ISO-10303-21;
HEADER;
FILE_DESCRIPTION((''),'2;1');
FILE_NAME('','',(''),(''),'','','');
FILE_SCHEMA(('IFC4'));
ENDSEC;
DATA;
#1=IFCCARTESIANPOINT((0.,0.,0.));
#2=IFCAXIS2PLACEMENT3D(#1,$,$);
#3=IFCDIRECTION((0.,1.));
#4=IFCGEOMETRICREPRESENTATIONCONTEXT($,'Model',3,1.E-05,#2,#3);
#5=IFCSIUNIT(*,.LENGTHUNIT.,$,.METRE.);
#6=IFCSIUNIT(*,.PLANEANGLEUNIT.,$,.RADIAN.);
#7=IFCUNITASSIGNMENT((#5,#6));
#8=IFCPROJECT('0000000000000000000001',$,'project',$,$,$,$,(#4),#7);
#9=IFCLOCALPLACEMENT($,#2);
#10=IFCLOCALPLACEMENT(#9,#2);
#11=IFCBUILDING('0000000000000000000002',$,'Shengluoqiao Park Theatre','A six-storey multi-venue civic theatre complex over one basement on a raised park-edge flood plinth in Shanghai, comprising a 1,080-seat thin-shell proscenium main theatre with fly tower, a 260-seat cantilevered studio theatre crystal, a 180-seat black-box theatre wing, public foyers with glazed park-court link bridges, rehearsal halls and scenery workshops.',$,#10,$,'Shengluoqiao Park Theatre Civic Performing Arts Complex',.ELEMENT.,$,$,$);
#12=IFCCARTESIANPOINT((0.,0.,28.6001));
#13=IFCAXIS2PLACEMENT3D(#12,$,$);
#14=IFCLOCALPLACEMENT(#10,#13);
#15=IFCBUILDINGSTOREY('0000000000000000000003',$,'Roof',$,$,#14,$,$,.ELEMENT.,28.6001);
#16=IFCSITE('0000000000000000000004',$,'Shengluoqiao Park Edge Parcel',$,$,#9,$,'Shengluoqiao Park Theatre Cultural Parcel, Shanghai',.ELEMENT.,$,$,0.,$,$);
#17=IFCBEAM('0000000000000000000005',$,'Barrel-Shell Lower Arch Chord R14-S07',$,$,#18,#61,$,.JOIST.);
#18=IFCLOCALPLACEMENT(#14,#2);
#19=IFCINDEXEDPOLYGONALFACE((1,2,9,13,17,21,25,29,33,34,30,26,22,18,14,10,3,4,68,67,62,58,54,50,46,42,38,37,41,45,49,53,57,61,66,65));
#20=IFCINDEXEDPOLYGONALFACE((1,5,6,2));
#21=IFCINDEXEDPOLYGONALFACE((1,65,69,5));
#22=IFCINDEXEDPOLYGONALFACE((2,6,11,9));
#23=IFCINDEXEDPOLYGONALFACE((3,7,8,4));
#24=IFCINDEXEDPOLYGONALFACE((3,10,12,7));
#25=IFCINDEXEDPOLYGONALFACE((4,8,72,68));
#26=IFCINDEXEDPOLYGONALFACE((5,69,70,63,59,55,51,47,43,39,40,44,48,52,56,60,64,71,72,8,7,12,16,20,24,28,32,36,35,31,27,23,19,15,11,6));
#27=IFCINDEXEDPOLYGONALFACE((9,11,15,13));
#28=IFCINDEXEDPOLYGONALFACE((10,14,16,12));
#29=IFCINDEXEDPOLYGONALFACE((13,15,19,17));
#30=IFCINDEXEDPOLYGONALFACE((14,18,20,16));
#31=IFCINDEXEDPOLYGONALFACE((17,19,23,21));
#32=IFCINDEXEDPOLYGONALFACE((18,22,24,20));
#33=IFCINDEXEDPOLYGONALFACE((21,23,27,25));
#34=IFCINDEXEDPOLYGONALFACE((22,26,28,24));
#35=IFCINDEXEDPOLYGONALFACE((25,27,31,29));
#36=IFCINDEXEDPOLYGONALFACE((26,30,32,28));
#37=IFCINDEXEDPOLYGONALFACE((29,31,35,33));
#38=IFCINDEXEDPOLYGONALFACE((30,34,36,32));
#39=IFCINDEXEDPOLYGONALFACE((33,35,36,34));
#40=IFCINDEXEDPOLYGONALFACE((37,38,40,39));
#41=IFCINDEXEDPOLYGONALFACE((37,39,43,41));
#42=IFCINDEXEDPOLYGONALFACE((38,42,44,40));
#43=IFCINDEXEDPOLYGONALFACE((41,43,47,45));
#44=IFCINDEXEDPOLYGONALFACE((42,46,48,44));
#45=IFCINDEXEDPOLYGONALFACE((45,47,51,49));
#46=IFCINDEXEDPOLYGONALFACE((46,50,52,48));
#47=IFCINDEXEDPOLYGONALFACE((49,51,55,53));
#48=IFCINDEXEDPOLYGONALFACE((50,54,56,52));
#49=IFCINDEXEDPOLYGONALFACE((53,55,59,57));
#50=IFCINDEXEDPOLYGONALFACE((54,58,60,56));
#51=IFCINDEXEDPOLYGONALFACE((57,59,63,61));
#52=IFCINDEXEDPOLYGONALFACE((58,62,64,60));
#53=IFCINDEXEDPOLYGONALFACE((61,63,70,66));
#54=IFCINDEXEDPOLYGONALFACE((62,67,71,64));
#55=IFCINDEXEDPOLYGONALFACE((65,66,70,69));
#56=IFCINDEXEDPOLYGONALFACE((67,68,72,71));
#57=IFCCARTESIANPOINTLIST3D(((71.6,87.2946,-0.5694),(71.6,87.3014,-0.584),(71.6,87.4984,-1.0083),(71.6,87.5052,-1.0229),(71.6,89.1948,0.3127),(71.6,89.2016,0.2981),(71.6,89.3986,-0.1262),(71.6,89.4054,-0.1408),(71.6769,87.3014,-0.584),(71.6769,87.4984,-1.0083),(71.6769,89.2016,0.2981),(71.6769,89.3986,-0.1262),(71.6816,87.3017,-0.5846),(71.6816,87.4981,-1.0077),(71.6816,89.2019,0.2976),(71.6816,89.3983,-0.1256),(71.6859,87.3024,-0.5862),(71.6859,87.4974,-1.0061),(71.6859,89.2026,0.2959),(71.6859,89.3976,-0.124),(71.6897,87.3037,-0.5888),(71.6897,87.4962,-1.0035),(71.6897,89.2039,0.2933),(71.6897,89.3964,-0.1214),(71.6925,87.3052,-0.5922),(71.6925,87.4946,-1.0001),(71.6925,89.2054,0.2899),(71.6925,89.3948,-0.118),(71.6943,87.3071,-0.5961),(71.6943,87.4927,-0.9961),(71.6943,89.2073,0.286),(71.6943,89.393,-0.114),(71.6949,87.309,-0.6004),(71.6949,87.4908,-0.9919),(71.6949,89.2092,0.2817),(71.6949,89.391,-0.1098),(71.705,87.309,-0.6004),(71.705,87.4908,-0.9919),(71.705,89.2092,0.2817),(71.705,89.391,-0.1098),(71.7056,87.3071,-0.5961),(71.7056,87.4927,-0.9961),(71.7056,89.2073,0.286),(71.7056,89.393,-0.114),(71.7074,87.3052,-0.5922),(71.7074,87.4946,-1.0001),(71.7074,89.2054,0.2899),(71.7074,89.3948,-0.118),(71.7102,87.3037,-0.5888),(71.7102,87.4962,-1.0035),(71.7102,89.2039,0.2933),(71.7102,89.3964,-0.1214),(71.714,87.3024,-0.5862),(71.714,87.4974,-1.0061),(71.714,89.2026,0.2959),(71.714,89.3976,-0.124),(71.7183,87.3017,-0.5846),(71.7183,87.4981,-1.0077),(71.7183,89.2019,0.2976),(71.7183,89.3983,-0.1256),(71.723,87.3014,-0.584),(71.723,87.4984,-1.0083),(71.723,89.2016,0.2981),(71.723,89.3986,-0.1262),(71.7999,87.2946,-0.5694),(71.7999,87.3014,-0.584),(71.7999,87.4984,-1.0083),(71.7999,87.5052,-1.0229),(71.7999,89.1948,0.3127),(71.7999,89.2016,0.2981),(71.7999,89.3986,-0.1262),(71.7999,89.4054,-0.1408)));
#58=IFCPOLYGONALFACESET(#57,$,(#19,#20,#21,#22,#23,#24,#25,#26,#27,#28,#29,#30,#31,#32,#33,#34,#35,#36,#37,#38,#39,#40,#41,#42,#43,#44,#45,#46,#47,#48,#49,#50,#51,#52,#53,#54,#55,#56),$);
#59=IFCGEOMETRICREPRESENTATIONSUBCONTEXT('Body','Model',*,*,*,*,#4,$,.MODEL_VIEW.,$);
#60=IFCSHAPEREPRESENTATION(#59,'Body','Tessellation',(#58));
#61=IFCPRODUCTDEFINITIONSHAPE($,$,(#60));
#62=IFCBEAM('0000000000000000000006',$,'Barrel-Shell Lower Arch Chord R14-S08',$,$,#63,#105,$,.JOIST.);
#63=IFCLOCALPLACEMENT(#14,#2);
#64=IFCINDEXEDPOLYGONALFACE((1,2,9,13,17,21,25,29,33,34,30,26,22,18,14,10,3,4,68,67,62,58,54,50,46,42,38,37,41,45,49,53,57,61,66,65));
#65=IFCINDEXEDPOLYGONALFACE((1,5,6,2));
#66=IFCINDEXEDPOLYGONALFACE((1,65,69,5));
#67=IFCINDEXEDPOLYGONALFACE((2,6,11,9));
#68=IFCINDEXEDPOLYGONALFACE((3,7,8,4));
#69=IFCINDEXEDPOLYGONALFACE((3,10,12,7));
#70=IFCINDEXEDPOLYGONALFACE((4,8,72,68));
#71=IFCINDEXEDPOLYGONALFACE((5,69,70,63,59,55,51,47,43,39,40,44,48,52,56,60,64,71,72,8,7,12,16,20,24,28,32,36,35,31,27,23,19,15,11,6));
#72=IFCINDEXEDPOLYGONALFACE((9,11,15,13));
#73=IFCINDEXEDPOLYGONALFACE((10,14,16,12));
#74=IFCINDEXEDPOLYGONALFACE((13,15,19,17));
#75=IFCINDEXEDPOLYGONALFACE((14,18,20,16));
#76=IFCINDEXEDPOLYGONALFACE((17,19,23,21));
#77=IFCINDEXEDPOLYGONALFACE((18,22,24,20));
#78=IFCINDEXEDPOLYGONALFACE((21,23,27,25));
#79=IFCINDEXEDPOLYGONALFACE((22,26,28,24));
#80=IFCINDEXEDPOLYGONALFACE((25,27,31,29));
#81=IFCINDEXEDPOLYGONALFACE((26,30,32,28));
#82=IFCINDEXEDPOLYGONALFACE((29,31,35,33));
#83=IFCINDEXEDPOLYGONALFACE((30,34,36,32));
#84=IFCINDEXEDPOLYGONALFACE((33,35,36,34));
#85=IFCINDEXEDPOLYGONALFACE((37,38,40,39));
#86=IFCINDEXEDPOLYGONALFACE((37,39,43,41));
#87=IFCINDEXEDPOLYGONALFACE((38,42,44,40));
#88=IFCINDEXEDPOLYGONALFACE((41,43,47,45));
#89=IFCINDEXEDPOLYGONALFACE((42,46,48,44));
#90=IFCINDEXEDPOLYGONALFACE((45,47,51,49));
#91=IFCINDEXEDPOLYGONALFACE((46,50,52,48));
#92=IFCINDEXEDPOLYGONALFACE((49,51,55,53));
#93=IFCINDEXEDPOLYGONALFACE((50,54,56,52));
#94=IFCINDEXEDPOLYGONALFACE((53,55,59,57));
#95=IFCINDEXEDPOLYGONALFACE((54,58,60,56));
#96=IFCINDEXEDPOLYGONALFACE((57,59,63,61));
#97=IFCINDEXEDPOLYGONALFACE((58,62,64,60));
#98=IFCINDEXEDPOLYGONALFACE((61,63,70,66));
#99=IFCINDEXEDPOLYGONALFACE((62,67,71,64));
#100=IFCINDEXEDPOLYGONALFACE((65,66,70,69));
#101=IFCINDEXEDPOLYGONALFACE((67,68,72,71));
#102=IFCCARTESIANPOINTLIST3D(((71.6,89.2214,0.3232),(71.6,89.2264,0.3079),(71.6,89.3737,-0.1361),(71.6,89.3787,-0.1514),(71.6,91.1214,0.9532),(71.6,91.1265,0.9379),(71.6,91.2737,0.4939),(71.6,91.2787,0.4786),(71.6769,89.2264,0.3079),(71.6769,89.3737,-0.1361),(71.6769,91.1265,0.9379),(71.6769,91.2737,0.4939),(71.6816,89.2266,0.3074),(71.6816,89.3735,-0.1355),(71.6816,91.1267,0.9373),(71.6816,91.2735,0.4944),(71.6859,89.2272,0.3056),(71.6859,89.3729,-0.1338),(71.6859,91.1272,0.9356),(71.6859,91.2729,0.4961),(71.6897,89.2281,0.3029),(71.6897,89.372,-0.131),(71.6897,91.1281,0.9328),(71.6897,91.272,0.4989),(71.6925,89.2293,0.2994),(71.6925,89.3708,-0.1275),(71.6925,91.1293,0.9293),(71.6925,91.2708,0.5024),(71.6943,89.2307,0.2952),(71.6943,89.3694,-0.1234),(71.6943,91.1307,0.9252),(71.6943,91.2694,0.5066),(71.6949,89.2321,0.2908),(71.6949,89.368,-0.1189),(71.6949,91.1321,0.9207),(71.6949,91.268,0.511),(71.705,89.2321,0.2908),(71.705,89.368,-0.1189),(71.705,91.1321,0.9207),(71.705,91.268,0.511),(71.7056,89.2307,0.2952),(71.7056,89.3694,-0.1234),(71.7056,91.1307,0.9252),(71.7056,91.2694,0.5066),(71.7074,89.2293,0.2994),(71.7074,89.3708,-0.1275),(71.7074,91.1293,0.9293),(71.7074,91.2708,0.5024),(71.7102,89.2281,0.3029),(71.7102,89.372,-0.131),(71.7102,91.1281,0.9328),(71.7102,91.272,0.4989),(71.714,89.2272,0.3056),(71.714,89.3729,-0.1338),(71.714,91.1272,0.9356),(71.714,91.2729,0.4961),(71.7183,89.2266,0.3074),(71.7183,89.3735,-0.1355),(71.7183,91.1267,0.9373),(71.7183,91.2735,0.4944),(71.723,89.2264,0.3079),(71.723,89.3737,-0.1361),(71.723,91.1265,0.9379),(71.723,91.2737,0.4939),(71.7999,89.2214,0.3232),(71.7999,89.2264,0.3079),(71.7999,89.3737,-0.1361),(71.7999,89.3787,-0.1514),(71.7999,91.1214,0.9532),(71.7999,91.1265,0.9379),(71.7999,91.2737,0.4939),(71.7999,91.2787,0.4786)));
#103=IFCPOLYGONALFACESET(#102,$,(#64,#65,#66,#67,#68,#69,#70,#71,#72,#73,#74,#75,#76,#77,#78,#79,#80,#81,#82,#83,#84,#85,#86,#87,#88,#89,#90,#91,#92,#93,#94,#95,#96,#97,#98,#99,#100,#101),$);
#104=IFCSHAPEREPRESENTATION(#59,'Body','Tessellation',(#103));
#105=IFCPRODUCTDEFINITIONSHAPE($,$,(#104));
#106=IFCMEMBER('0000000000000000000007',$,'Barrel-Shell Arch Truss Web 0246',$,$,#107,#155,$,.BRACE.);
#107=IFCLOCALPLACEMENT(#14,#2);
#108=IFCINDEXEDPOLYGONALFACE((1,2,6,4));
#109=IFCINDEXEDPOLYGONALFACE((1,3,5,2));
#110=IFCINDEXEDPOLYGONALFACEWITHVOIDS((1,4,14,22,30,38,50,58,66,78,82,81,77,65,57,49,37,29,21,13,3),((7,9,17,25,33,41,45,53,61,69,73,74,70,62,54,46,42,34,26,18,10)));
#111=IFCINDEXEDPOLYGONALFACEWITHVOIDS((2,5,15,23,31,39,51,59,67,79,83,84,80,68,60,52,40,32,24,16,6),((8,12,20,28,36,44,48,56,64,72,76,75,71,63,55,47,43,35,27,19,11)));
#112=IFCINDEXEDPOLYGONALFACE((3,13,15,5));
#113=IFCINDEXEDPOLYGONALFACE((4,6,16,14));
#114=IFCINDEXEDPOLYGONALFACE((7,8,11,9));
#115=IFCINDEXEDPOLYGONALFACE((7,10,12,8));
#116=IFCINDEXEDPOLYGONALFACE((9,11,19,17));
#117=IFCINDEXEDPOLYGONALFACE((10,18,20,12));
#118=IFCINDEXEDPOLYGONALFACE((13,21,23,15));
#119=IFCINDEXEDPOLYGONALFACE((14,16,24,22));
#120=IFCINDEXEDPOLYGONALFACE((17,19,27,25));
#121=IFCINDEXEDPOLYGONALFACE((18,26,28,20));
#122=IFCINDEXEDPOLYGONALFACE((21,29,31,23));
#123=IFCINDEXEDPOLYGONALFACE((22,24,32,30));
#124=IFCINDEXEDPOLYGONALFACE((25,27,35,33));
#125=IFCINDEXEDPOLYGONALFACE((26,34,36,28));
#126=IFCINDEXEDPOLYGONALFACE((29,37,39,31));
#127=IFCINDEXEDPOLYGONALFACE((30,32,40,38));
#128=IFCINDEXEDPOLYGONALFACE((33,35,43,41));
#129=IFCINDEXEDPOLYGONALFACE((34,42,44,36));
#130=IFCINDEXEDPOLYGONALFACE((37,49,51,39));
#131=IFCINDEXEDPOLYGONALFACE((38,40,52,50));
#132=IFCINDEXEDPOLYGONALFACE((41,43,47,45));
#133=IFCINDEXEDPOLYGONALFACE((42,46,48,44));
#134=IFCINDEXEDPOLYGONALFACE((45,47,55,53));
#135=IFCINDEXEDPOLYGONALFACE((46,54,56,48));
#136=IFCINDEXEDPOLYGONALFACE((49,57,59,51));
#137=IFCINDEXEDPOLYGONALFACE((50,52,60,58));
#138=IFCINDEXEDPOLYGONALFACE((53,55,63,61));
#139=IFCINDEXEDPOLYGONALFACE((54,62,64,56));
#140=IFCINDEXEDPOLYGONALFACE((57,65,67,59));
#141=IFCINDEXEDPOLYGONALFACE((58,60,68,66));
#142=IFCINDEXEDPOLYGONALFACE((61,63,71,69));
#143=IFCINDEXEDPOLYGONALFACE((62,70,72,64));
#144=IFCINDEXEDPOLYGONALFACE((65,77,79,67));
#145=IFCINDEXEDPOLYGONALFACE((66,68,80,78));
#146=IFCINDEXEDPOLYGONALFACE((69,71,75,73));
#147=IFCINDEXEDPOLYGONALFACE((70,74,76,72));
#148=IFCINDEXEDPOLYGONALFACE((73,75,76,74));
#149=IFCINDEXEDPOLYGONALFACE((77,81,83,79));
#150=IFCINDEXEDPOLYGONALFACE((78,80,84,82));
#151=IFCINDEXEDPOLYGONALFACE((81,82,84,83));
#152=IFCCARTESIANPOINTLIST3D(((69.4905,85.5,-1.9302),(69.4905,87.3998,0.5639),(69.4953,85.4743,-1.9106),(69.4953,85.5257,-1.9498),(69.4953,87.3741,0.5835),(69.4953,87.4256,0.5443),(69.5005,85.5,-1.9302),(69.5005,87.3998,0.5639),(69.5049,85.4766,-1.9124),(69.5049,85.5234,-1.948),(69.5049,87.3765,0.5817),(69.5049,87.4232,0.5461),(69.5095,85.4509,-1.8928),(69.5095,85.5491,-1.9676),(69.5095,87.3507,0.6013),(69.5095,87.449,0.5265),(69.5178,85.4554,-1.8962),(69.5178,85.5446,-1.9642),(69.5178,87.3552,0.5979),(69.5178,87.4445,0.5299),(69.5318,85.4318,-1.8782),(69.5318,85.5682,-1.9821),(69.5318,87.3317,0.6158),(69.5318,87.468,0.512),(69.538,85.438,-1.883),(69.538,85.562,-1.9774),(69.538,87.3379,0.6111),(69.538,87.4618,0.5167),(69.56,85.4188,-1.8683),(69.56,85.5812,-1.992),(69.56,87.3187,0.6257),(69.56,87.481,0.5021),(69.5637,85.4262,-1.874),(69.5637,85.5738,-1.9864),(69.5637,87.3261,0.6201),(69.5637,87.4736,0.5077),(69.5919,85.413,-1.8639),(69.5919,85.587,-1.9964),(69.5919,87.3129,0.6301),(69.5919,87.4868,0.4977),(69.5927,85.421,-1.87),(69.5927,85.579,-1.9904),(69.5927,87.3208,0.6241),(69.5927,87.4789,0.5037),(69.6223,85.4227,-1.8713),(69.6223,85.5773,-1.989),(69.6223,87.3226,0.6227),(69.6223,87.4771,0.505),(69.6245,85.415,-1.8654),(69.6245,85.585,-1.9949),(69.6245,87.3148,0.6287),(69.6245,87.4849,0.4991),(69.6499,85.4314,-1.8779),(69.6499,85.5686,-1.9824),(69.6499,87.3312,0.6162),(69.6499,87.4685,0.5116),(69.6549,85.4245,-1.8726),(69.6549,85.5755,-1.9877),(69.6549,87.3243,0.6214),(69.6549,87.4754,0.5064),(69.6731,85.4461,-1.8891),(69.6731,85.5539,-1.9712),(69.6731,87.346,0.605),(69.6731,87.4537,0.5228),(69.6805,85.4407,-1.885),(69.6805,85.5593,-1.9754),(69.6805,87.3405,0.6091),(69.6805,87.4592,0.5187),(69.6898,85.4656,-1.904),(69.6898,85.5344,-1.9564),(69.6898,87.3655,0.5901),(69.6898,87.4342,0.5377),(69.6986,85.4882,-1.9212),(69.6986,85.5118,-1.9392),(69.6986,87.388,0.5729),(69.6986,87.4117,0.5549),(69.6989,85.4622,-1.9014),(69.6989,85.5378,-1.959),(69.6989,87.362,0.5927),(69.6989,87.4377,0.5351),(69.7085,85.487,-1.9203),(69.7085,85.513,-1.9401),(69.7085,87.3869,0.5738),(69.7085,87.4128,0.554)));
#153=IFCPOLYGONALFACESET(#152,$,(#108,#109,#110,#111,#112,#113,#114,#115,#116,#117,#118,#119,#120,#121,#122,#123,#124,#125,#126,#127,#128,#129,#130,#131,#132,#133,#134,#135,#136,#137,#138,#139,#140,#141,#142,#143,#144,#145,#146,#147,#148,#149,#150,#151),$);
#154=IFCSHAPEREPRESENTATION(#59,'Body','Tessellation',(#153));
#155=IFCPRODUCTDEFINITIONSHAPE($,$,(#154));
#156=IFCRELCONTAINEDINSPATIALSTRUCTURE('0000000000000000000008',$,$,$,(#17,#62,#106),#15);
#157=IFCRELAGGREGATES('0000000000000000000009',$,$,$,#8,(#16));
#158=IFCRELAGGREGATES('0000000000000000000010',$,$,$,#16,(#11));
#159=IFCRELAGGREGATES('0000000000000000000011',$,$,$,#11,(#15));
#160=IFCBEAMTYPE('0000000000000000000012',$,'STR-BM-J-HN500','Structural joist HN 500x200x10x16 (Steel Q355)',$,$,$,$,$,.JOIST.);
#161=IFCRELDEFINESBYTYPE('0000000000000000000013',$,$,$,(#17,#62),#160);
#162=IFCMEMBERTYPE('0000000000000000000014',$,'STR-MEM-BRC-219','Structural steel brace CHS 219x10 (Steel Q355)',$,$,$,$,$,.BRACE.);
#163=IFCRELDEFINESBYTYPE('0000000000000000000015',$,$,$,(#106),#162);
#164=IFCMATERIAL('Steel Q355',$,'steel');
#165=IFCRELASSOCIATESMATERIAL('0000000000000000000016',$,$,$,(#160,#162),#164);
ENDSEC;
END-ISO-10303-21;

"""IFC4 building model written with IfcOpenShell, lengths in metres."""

from ifc_helpers import new_model, si_unit, direction, frame, origin, origin_2d, place, context, subcontext, project, spatial, hollow_circle, i_section, extrude, material, material_profile, profile_set, type_object, element, save


model = new_model("IFC4")

# Units and contexts
model_context = context("Model", 3, precision=1e-05, world=origin(), true_north=direction((0.0, 1.0)))
body_context = subcontext(model_context, "Body", "Model", "MODEL_VIEW")
ifc_project = project(units=[si_unit("LENGTHUNIT", "METRE"), si_unit("PLANEANGLEUNIT", "RADIAN")], contexts=[model_context])

# Site, building, storey
site_placement = place(None, origin())
site = spatial("IfcSite", under=ifc_project, at=site_placement, Name="Shengluoqiao Park Edge Parcel", LongName="Shengluoqiao Park Theatre Cultural Parcel, Shanghai", CompositionType="ELEMENT", RefElevation=0.0)
building_placement = place(site_placement, origin())
building = spatial("IfcBuilding", under=site, at=building_placement, Name="Shengluoqiao Park Theatre", Description="A six-storey multi-venue civic theatre complex over one basement on a raised park-edge flood plinth in Shanghai, comprising a 1,080-seat thin-shell proscenium main theatre with fly tower, a 260-seat cantilevered studio theatre crystal, a 180-seat black-box theatre wing, public foyers with glazed park-court link bridges, rehearsal halls and scenery workshops.", LongName="Shengluoqiao Park Theatre Civic Performing Arts Complex", CompositionType="ELEMENT")
storey_placement = place(building_placement, frame((0.0, 0.0, 28.6001)))
storey = spatial("IfcBuildingStorey", under=building, at=storey_placement, Name="Roof", CompositionType="ELEMENT", Elevation=28.6001)

# Beams
ifc_material_1 = material(Name="Steel Q355", Category="steel")
ifc_material_profile_1 = material_profile(ifc_material_1, i_section(OverallWidth=0.2, OverallDepth=0.5, WebThickness=0.01, FlangeThickness=0.0161, FilletRadius=0.0181, at=origin_2d()), Name="HN 500x200x10x16")
ifc_profile_set_1 = profile_set([ifc_material_profile_1], Name="Steel Q355")
beam_type_1 = type_object("IfcBeamType", Name="STR-BM-J-HN500", Description="Structural joist HN 500x200x10x16 (Steel Q355)", PredefinedType="JOIST", material=ifc_profile_set_1)
beam_1_placement = place(storey_placement, frame((71.7, 87.3999, -0.7961), z_axis=(0.0, 0.907033, 0.42106), x_axis=(-1.0, 0.0, 0.0)))
element("IfcBeam", 1, at=beam_1_placement, inside=storey, type_object=beam_type_1, Name="Barrel-Shell Lower Arch Chord R14-S07", PredefinedType="JOIST", context=body_context, shape_type="SweptSolid", body=[
    extrude(i_section(OverallWidth=0.2, OverallDepth=0.5, WebThickness=0.01, FlangeThickness=0.0161, FilletRadius=0.0181, at=origin_2d()), origin(), (0.0, 0.0, 1.0), 2.095),
])
beam_2_placement = place(storey_placement, frame((71.7, 89.3, 0.0859), z_axis=(0.0, 0.949194, 0.31469), x_axis=(-1.0, 0.0, 0.0)))
element("IfcBeam", 2, at=beam_2_placement, inside=storey, type_object=beam_type_1, Name="Barrel-Shell Lower Arch Chord R14-S08", PredefinedType="JOIST", context=body_context, shape_type="SweptSolid", body=[
    extrude(i_section(OverallWidth=0.2, OverallDepth=0.5, WebThickness=0.01, FlangeThickness=0.0161, FilletRadius=0.0181, at=origin_2d()), origin(), (0.0, 0.0, 1.0), 2.0017),
])

# Member
ifc_material_profile_2 = material_profile(ifc_material_1, hollow_circle(Radius=0.1096, WallThickness=0.01, at=origin_2d()), Name="CHS 219x10")
ifc_profile_set_2 = profile_set([ifc_material_profile_2], Name="Steel Q355")
member_type_1 = type_object("IfcMemberType", Name="STR-MEM-BRC-219", Description="Structural steel brace CHS 219x10 (Steel Q355)", PredefinedType="BRACE", material=ifc_profile_set_2)
member_1_placement = place(storey_placement, frame((69.6001, 85.5, -1.9302), z_axis=(0.0, 0.605963, 0.795492), x_axis=(-1.0, 0.0, 0.0)))
element("IfcMember", 3, at=member_1_placement, inside=storey, type_object=member_type_1, Name="Barrel-Shell Arch Truss Web 0246", PredefinedType="BRACE", context=body_context, shape_type="SweptSolid", body=[
    extrude(hollow_circle(Radius=0.1096, WallThickness=0.01, at=origin_2d()), origin(), (0.0, 0.0, 1.0), 3.1353),
])

save(model, "model.ifc")
